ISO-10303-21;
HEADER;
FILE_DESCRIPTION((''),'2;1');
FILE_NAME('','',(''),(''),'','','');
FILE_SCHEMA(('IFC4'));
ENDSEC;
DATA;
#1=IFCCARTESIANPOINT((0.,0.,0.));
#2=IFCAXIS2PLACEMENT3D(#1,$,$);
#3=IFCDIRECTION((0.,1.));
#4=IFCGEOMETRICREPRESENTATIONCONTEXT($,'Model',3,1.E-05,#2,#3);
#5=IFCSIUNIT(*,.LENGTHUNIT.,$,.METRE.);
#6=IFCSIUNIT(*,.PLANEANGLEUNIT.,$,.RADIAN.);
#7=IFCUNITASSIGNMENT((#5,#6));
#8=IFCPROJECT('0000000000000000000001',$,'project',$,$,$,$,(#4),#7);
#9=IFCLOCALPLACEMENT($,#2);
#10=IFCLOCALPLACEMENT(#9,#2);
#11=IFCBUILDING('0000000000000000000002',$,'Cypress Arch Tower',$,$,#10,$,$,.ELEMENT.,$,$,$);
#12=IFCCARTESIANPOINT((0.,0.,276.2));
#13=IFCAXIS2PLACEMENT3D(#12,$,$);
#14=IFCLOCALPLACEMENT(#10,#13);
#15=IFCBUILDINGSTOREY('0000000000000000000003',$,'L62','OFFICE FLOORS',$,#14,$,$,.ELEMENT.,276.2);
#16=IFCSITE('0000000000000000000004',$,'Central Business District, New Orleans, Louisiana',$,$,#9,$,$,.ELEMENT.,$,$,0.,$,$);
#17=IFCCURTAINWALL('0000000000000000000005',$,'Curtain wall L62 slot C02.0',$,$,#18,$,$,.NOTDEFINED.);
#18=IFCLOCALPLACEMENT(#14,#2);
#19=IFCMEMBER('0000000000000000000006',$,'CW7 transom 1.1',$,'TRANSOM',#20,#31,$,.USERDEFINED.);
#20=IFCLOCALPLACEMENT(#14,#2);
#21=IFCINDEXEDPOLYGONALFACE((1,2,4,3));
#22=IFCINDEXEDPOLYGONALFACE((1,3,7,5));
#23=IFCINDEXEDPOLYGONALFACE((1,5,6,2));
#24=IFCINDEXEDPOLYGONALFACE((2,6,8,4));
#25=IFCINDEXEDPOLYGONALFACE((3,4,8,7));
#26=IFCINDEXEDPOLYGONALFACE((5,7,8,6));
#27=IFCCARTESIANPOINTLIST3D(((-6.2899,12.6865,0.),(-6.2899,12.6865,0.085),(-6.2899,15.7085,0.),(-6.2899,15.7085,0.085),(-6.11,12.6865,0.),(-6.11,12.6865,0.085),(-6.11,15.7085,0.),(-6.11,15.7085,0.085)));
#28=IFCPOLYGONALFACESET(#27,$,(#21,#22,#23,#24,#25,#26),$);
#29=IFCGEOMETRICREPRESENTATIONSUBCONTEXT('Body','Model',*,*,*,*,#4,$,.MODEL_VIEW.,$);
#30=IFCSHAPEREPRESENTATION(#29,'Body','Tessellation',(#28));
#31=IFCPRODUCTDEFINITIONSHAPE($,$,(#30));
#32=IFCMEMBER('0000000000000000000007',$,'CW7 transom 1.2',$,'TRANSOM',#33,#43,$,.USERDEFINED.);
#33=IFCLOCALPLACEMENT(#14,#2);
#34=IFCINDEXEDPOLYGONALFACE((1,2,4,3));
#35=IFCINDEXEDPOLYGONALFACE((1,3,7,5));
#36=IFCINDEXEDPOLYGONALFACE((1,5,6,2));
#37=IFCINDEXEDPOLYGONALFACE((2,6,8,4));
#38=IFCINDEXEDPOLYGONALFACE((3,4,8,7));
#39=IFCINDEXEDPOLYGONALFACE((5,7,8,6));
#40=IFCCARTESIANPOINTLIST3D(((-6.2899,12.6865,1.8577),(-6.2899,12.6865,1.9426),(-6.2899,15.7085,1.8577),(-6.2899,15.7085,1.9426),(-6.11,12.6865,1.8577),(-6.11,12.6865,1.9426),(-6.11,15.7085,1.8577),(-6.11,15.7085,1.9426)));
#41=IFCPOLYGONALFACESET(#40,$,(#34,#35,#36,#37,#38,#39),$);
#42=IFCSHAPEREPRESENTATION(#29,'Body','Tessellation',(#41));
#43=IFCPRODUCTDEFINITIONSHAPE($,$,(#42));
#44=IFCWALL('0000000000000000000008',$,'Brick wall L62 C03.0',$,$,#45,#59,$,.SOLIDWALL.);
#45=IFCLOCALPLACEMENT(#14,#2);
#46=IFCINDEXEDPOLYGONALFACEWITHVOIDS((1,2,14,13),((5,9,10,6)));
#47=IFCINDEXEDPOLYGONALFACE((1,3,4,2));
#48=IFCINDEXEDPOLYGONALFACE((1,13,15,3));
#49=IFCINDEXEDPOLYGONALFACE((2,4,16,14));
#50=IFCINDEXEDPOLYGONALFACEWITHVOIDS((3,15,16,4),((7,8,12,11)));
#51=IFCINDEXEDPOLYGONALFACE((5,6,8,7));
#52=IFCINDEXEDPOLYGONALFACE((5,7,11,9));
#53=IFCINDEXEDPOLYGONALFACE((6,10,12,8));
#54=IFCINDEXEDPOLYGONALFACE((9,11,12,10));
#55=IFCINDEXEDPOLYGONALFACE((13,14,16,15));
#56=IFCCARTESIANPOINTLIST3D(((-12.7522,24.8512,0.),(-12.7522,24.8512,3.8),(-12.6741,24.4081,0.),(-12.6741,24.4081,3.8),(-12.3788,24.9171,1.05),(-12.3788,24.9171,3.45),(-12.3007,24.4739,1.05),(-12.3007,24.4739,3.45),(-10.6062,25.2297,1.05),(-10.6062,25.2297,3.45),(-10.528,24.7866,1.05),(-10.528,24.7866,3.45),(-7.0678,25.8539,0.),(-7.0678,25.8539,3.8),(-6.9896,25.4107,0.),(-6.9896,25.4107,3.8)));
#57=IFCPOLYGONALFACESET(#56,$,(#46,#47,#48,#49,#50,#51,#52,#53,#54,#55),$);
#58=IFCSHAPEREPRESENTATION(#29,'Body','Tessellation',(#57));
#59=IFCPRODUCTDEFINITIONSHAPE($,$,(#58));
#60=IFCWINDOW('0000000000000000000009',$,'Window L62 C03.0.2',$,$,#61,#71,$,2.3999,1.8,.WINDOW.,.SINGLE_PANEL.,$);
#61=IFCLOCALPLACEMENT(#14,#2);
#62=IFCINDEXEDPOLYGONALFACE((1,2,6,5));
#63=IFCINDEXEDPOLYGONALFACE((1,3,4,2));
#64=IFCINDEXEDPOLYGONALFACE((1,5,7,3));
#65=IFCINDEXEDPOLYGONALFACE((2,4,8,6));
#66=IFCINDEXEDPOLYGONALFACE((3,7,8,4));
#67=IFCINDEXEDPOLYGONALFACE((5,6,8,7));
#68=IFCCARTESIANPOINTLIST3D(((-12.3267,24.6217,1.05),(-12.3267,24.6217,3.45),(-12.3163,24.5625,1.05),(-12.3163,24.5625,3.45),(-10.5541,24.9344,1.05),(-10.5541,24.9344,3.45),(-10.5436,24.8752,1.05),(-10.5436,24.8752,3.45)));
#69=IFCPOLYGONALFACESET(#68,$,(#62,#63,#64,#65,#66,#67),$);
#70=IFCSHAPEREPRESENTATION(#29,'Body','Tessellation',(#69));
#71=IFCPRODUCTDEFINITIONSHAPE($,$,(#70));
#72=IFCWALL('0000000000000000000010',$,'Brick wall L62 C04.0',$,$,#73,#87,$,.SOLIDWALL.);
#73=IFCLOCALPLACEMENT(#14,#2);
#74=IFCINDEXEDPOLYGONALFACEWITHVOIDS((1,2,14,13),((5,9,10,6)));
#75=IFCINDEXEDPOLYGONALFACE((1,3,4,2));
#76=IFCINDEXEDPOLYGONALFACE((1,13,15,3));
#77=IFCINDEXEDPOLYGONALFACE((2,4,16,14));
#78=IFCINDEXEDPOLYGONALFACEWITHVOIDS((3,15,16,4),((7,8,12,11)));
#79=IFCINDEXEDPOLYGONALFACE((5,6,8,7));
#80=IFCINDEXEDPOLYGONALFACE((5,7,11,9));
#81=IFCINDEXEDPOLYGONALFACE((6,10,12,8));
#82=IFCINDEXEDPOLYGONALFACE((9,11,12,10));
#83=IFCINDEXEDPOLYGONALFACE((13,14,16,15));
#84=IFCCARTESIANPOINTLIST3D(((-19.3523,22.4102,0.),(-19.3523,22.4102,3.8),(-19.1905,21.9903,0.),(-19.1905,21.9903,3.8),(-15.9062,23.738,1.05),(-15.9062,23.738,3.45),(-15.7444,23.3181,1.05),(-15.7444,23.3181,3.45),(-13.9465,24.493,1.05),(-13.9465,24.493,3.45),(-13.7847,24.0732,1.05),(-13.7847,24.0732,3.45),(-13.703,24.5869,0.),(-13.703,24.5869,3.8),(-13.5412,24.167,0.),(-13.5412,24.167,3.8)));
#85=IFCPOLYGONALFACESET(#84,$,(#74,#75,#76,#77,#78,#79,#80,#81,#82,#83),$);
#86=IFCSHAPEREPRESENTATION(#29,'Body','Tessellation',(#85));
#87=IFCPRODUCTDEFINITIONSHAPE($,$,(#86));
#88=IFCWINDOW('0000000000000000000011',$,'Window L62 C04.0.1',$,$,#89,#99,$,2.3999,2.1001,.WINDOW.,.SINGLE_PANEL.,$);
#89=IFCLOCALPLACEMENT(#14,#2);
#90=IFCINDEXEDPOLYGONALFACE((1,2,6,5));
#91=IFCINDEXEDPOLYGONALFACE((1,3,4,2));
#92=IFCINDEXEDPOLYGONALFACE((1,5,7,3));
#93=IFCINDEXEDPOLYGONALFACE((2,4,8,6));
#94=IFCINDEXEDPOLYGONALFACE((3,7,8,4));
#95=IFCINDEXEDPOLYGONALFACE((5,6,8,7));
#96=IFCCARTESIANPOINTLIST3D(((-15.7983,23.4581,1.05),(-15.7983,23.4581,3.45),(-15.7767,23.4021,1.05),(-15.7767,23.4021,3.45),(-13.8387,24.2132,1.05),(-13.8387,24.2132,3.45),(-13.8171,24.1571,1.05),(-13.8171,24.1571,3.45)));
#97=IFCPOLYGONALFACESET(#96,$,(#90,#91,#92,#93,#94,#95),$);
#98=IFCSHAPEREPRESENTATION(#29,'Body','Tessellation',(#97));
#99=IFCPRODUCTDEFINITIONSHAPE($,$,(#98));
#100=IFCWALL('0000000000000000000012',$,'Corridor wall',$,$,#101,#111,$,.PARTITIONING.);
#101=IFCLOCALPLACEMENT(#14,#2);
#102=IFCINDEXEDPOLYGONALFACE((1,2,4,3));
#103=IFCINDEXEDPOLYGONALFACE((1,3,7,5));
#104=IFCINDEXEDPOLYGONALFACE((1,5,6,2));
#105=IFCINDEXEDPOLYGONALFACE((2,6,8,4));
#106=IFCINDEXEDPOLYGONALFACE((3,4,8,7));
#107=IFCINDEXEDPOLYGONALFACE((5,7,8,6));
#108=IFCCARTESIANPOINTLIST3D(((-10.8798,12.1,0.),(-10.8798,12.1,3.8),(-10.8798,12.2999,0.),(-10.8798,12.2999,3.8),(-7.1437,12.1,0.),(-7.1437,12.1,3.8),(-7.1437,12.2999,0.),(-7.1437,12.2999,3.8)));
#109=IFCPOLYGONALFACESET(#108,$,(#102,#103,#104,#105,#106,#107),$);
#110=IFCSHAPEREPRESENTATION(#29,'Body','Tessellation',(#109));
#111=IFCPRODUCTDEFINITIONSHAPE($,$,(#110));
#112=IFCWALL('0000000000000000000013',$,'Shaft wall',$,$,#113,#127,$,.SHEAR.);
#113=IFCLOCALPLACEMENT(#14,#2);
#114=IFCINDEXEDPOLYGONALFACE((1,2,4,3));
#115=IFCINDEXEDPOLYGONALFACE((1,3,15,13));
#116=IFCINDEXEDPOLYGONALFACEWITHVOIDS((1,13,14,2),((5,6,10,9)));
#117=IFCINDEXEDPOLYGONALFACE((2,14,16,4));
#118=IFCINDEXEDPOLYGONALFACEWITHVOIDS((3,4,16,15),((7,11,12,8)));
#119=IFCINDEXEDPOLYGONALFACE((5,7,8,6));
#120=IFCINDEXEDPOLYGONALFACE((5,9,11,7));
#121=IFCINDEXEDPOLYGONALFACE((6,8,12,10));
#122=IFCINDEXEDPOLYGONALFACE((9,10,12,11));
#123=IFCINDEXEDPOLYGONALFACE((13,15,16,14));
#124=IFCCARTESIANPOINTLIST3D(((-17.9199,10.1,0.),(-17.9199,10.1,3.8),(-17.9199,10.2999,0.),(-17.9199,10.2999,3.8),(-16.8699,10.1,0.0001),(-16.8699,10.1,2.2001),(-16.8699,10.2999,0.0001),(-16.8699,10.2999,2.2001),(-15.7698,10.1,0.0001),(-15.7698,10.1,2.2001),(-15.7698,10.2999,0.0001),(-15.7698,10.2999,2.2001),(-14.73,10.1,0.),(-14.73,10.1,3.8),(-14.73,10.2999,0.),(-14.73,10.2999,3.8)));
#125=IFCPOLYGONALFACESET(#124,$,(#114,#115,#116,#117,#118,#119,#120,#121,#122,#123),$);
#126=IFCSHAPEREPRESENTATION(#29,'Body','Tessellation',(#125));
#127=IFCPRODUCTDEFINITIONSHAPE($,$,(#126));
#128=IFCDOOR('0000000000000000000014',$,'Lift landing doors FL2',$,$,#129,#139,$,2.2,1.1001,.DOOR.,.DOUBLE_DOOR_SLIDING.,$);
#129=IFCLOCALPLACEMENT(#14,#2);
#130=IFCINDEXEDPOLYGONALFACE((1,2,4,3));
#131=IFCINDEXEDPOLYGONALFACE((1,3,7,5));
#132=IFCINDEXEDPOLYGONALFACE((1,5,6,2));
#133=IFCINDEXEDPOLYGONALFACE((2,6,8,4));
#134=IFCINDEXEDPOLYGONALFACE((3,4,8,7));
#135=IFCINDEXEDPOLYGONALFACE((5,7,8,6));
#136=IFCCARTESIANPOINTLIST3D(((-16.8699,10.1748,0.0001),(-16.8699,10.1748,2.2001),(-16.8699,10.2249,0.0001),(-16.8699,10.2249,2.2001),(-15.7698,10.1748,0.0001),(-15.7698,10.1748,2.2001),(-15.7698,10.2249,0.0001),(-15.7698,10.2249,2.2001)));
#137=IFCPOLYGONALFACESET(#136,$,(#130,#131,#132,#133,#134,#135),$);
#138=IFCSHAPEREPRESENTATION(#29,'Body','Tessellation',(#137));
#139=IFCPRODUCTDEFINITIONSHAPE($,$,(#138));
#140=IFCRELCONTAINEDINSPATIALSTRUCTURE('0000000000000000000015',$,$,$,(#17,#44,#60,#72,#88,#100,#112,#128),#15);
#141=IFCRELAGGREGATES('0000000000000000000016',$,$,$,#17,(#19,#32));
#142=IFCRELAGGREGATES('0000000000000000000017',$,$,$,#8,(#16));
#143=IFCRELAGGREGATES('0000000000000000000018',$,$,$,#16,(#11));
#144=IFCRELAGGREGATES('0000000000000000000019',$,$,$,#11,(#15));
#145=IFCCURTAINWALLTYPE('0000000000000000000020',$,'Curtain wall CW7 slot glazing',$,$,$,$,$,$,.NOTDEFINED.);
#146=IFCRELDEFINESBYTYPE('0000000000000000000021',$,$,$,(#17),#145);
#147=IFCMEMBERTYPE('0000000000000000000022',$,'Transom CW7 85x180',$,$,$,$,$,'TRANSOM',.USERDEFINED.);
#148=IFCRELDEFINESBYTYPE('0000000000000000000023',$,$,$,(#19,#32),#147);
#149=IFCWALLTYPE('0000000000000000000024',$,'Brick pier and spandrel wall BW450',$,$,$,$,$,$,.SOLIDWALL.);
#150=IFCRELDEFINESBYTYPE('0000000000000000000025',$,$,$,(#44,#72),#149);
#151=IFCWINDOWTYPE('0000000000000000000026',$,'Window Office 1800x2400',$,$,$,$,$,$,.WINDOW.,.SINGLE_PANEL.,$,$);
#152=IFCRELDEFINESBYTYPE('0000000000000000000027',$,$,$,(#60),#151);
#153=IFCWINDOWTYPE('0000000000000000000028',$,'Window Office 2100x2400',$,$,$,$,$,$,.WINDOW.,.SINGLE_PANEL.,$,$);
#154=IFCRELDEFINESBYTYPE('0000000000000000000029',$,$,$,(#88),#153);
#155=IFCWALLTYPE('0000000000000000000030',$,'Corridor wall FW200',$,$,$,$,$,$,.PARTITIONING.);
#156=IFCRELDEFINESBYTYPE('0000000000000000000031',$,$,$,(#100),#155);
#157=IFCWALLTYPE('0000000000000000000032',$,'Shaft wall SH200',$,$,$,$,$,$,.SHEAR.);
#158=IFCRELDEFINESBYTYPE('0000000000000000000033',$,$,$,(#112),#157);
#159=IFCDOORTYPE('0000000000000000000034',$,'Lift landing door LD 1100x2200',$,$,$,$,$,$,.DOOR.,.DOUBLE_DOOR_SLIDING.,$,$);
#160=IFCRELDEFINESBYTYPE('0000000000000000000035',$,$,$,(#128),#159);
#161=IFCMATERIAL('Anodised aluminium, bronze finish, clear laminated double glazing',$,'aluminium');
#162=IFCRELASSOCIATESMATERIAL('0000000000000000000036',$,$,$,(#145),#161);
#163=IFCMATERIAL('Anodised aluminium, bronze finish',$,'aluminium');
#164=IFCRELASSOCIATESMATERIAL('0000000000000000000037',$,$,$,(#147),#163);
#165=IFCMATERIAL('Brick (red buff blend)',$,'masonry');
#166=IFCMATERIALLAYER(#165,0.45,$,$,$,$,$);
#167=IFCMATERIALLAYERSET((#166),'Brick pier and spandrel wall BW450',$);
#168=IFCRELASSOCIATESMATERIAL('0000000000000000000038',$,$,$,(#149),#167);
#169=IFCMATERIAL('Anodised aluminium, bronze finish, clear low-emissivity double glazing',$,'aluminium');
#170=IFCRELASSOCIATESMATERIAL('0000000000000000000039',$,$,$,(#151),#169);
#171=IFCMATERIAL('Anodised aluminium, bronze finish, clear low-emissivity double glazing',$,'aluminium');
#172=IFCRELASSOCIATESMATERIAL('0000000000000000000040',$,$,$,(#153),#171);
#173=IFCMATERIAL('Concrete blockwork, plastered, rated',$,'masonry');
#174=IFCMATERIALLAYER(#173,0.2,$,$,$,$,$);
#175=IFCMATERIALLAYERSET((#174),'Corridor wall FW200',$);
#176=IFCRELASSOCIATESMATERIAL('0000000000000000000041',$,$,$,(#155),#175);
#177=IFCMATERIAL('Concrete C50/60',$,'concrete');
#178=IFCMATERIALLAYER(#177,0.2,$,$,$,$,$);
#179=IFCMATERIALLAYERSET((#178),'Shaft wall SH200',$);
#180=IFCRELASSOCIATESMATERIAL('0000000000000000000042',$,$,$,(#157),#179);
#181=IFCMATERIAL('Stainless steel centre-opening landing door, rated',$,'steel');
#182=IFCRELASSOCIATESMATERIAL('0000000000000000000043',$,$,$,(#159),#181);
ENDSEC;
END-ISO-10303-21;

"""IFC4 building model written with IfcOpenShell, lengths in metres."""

from ifc_helpers import new_model, si_unit, direction, frame, frame_2d, origin, origin_2d, place, context, subcontext, project, spatial, rectangle, extrude, material, layer, layer_set, material_profile, profile_set, type_object, element, fill, aggregate, save


model = new_model("IFC4")

# Units and contexts
model_context = context("Model", 3, precision=1e-05, world=origin(), true_north=direction((0.0, 1.0)))
body_context = subcontext(model_context, "Body", "Model", "MODEL_VIEW")
ifc_project = project(units=[si_unit("LENGTHUNIT", "METRE"), si_unit("PLANEANGLEUNIT", "RADIAN")], contexts=[model_context])

# Site, building, storey
site_placement = place(None, origin())
site = spatial("IfcSite", under=ifc_project, at=site_placement, Name="Central Business District, New Orleans, Louisiana", CompositionType="ELEMENT", RefElevation=0.0)
building_placement = place(site_placement, origin())
building = spatial("IfcBuilding", under=site, at=building_placement, Name="Cypress Arch Tower", CompositionType="ELEMENT")
storey_placement = place(building_placement, frame((0.0, 0.0, 276.2)))
storey = spatial("IfcBuildingStorey", under=building, at=storey_placement, Name="L62", Description="OFFICE FLOORS", CompositionType="ELEMENT", Elevation=276.2)

# Curtain wall
ifc_material_1 = material(Name="Anodised aluminium, bronze finish, clear laminated double glazing", Category="aluminium")
curtain_wall_type = type_object("IfcCurtainWallType", Name="Curtain wall CW7 slot glazing", PredefinedType="NOTDEFINED", material=ifc_material_1)
curtain_wall_placement = place(storey_placement, origin())
curtain_wall = element("IfcCurtainWall", 1, at=curtain_wall_placement, inside=storey, type_object=curtain_wall_type, Name="Curtain wall L62 slot C02.0", PredefinedType="NOTDEFINED")

# Members
ifc_material_2 = material(Name="Anodised aluminium, bronze finish", Category="aluminium")
ifc_material_profile_1 = material_profile(ifc_material_2, rectangle(XDim=0.1799, YDim=0.085, at=origin_2d()), Name="Transom 85x180")
ifc_profile_set_1 = profile_set([ifc_material_profile_1], Name="Anodised aluminium, bronze finish")
member_type_1 = type_object("IfcMemberType", Name="Transom CW7 85x180", ElementType="TRANSOM", PredefinedType="USERDEFINED", material=ifc_profile_set_1)
member_1_placement = place(storey_placement, frame((-6.2, 12.6865, 0.0425), z_axis=(0.0, 1.0, 0.0), x_axis=(-1.0, 0.0, 0.0)))
member_1 = element("IfcMember", 2, at=member_1_placement, type_object=member_type_1, Name="CW7 transom 1.1", ObjectType="TRANSOM", PredefinedType="USERDEFINED", context=body_context, shape_type="SweptSolid", body=[
    extrude(rectangle(XDim=0.1799, YDim=0.085, at=origin_2d()), origin(), (0.0, 0.0, 1.0), 3.022),
])
member_2_placement = place(storey_placement, frame((-6.2, 12.6865, 1.9001), z_axis=(0.0, 1.0, 0.0), x_axis=(-1.0, 0.0, 0.0)))
member_2 = element("IfcMember", 3, at=member_2_placement, type_object=member_type_1, Name="CW7 transom 1.2", ObjectType="TRANSOM", PredefinedType="USERDEFINED", context=body_context, shape_type="SweptSolid", body=[
    extrude(rectangle(XDim=0.1799, YDim=0.085, at=origin_2d()), origin(), (0.0, 0.0, 1.0), 3.022),
])
aggregate(curtain_wall, [member_1, member_2])

# Walls, openings, windows
ifc_material_3 = material(Name="Brick (red buff blend)", Category="masonry")
ifc_layer_1 = layer(ifc_material_3, 0.45)
ifc_layer_set_1 = layer_set([ifc_layer_1], Name="Brick pier and spandrel wall BW450")
wall_type_1 = type_object("IfcWallType", Name="Brick pier and spandrel wall BW450", PredefinedType="SOLIDWALL", material=ifc_layer_set_1)
wall_1_placement = place(storey_placement, frame((-7.0286, 25.6323, 0.0), z_axis=(0.0, 0.0, 1.0), x_axis=(-0.984798, -0.173706, 0.0)))
wall_1 = element("IfcWall", 4, at=wall_1_placement, inside=storey, type_object=wall_type_1, Name="Brick wall L62 C03.0", PredefinedType="SOLIDWALL", context=body_context, shape_type="SweptSolid", body=[
    extrude(rectangle(XDim=5.7722, YDim=0.45, at=frame_2d((2.8862, 0.0))), origin(), (0.0, 0.0, 1.0), 3.8),
])
opening_1_placement = place(wall_1_placement, frame((3.5933, 0.0, 1.05)))
opening_1 = element("IfcOpeningElement", 5, at=opening_1_placement, cuts=wall_1, PredefinedType="OPENING", context=body_context, shape_type="SweptSolid", body=[
    extrude(rectangle(XDim=1.8, YDim=2.3999, at=frame_2d((0.8999, 1.2))), frame((0.0, 0.2349, 0.0), z_axis=(0.0, -1.0, 0.0), x_axis=(1.0, 0.0, 0.0)), (0.0, 0.0, 1.0), 0.47),
])
ifc_material_4 = material(Name="Anodised aluminium, bronze finish, clear low-emissivity double glazing", Category="aluminium")
window_type_1 = type_object("IfcWindowType", Name="Window Office 1800x2400", PartitioningType="SINGLE_PANEL", PredefinedType="WINDOW", material=ifc_material_4)
window_1_placement = place(opening_1_placement, origin())
window_1 = element("IfcWindow", 6, at=window_1_placement, inside=storey, type_object=window_type_1, Name="Window L62 C03.0.2", OverallHeight=2.3999, OverallWidth=1.8, PartitioningType="SINGLE_PANEL", PredefinedType="WINDOW", context=body_context, shape_type="SweptSolid", body=[
    extrude(rectangle(XDim=1.8, YDim=2.3999, at=frame_2d((0.8999, 1.2))), frame((0.0, 0.135, 0.0), z_axis=(0.0, -1.0, 0.0), x_axis=(1.0, 0.0, 0.0)), (0.0, 0.0, 1.0), 0.0601),
])
fill(opening_1, window_1)
wall_2_placement = place(storey_placement, frame((-13.6221, 24.377, 0.0), z_axis=(0.0, 0.0, 1.0), x_axis=(-0.933129, -0.359541, 0.0)))
wall_2 = element("IfcWall", 7, at=wall_2_placement, inside=storey, type_object=wall_type_1, Name="Brick wall L62 C04.0", PredefinedType="SOLIDWALL", context=body_context, shape_type="SweptSolid", body=[
    extrude(rectangle(XDim=6.0542, YDim=0.45, at=frame_2d((3.0271, 0.0))), origin(), (0.0, 0.0, 1.0), 3.8),
])
opening_2_placement = place(wall_2_placement, frame((0.261, 0.0, 1.05)))
opening_2 = element("IfcOpeningElement", 8, at=opening_2_placement, cuts=wall_2, PredefinedType="OPENING", context=body_context, shape_type="SweptSolid", body=[
    extrude(rectangle(XDim=2.1001, YDim=2.3999, at=frame_2d((1.05, 1.2))), frame((0.0, 0.2349, 0.0), z_axis=(0.0, -1.0, 0.0), x_axis=(1.0, 0.0, 0.0)), (0.0, 0.0, 1.0), 0.47),
])
ifc_material_5 = material(Name="Anodised aluminium, bronze finish, clear low-emissivity double glazing", Category="aluminium")
window_type_2 = type_object("IfcWindowType", Name="Window Office 2100x2400", PartitioningType="SINGLE_PANEL", PredefinedType="WINDOW", material=ifc_material_5)
window_2_placement = place(opening_2_placement, origin())
window_2 = element("IfcWindow", 9, at=window_2_placement, inside=storey, type_object=window_type_2, Name="Window L62 C04.0.1", OverallHeight=2.3999, OverallWidth=2.1001, PartitioningType="SINGLE_PANEL", PredefinedType="WINDOW", context=body_context, shape_type="SweptSolid", body=[
    extrude(rectangle(XDim=2.1001, YDim=2.3999, at=frame_2d((1.05, 1.2))), frame((0.0, 0.135, 0.0), z_axis=(0.0, -1.0, 0.0), x_axis=(1.0, 0.0, 0.0)), (0.0, 0.0, 1.0), 0.0601),
])
fill(opening_2, window_2)

# Wall
ifc_material_6 = material(Name="Concrete blockwork, plastered, rated", Category="masonry")
ifc_layer_2 = layer(ifc_material_6, 0.2)
ifc_layer_set_2 = layer_set([ifc_layer_2], Name="Corridor wall FW200")
wall_type_2 = type_object("IfcWallType", Name="Corridor wall FW200", PredefinedType="PARTITIONING", material=ifc_layer_set_2)
wall_3_placement = place(storey_placement, frame((-10.8799, 12.2, 0.0), z_axis=(0.0, 0.0, 1.0), x_axis=(1.0, 0.0, 0.0)))
element("IfcWall", 10, at=wall_3_placement, inside=storey, type_object=wall_type_2, Name="Corridor wall", PredefinedType="PARTITIONING", context=body_context, shape_type="SweptSolid", body=[
    extrude(rectangle(XDim=3.7361, YDim=0.2, at=frame_2d((1.8682, 0.0))), origin(), (0.0, 0.0, 1.0), 3.8),
])

# Wall, opening, door
ifc_material_7 = material(Name="Concrete C50/60", Category="concrete")
ifc_layer_3 = layer(ifc_material_7, 0.2)
ifc_layer_set_3 = layer_set([ifc_layer_3], Name="Shaft wall SH200")
wall_type_3 = type_object("IfcWallType", Name="Shaft wall SH200", PredefinedType="SHEAR", material=ifc_layer_set_3)
wall_4_placement = place(storey_placement, frame((-17.9199, 10.2, 0.0), z_axis=(0.0, 0.0, 1.0), x_axis=(1.0, 0.0, 0.0)))
wall_4 = element("IfcWall", 11, at=wall_4_placement, inside=storey, type_object=wall_type_3, Name="Shaft wall", PredefinedType="SHEAR", context=body_context, shape_type="SweptSolid", body=[
    extrude(rectangle(XDim=3.1899, YDim=0.2, at=frame_2d((1.595, 0.0))), origin(), (0.0, 0.0, 1.0), 3.8),
])
opening_3_placement = place(wall_4_placement, frame((1.05, 0.0, 0.0)))
opening_3 = element("IfcOpeningElement", 12, at=opening_3_placement, cuts=wall_4, PredefinedType="OPENING", context=body_context, shape_type="SweptSolid", body=[
    extrude(rectangle(XDim=1.1001, YDim=2.2, at=frame_2d((0.55, 1.1001))), frame((0.0, 0.1099, 0.0), z_axis=(0.0, -1.0, 0.0), x_axis=(1.0, 0.0, 0.0)), (0.0, 0.0, 1.0), 0.22),
])
ifc_material_8 = material(Name="Stainless steel centre-opening landing door, rated", Category="steel")
door_type = type_object("IfcDoorType", Name="Lift landing door LD 1100x2200", OperationType="DOUBLE_DOOR_SLIDING", PredefinedType="DOOR", material=ifc_material_8)
door_placement = place(opening_3_placement, origin())
door = element("IfcDoor", 13, at=door_placement, inside=storey, type_object=door_type, Name="Lift landing doors FL2", OperationType="DOUBLE_DOOR_SLIDING", OverallHeight=2.2, OverallWidth=1.1001, PredefinedType="DOOR", context=body_context, shape_type="SweptSolid", body=[
    extrude(rectangle(XDim=1.1001, YDim=2.2, at=frame_2d((0.55, 1.1001))), frame((0.0, 0.0249, 0.0), z_axis=(0.0, -1.0, 0.0), x_axis=(1.0, 0.0, 0.0)), (0.0, 0.0, 1.0), 0.05),
])
fill(opening_3, door)

save(model, "model.ifc")
